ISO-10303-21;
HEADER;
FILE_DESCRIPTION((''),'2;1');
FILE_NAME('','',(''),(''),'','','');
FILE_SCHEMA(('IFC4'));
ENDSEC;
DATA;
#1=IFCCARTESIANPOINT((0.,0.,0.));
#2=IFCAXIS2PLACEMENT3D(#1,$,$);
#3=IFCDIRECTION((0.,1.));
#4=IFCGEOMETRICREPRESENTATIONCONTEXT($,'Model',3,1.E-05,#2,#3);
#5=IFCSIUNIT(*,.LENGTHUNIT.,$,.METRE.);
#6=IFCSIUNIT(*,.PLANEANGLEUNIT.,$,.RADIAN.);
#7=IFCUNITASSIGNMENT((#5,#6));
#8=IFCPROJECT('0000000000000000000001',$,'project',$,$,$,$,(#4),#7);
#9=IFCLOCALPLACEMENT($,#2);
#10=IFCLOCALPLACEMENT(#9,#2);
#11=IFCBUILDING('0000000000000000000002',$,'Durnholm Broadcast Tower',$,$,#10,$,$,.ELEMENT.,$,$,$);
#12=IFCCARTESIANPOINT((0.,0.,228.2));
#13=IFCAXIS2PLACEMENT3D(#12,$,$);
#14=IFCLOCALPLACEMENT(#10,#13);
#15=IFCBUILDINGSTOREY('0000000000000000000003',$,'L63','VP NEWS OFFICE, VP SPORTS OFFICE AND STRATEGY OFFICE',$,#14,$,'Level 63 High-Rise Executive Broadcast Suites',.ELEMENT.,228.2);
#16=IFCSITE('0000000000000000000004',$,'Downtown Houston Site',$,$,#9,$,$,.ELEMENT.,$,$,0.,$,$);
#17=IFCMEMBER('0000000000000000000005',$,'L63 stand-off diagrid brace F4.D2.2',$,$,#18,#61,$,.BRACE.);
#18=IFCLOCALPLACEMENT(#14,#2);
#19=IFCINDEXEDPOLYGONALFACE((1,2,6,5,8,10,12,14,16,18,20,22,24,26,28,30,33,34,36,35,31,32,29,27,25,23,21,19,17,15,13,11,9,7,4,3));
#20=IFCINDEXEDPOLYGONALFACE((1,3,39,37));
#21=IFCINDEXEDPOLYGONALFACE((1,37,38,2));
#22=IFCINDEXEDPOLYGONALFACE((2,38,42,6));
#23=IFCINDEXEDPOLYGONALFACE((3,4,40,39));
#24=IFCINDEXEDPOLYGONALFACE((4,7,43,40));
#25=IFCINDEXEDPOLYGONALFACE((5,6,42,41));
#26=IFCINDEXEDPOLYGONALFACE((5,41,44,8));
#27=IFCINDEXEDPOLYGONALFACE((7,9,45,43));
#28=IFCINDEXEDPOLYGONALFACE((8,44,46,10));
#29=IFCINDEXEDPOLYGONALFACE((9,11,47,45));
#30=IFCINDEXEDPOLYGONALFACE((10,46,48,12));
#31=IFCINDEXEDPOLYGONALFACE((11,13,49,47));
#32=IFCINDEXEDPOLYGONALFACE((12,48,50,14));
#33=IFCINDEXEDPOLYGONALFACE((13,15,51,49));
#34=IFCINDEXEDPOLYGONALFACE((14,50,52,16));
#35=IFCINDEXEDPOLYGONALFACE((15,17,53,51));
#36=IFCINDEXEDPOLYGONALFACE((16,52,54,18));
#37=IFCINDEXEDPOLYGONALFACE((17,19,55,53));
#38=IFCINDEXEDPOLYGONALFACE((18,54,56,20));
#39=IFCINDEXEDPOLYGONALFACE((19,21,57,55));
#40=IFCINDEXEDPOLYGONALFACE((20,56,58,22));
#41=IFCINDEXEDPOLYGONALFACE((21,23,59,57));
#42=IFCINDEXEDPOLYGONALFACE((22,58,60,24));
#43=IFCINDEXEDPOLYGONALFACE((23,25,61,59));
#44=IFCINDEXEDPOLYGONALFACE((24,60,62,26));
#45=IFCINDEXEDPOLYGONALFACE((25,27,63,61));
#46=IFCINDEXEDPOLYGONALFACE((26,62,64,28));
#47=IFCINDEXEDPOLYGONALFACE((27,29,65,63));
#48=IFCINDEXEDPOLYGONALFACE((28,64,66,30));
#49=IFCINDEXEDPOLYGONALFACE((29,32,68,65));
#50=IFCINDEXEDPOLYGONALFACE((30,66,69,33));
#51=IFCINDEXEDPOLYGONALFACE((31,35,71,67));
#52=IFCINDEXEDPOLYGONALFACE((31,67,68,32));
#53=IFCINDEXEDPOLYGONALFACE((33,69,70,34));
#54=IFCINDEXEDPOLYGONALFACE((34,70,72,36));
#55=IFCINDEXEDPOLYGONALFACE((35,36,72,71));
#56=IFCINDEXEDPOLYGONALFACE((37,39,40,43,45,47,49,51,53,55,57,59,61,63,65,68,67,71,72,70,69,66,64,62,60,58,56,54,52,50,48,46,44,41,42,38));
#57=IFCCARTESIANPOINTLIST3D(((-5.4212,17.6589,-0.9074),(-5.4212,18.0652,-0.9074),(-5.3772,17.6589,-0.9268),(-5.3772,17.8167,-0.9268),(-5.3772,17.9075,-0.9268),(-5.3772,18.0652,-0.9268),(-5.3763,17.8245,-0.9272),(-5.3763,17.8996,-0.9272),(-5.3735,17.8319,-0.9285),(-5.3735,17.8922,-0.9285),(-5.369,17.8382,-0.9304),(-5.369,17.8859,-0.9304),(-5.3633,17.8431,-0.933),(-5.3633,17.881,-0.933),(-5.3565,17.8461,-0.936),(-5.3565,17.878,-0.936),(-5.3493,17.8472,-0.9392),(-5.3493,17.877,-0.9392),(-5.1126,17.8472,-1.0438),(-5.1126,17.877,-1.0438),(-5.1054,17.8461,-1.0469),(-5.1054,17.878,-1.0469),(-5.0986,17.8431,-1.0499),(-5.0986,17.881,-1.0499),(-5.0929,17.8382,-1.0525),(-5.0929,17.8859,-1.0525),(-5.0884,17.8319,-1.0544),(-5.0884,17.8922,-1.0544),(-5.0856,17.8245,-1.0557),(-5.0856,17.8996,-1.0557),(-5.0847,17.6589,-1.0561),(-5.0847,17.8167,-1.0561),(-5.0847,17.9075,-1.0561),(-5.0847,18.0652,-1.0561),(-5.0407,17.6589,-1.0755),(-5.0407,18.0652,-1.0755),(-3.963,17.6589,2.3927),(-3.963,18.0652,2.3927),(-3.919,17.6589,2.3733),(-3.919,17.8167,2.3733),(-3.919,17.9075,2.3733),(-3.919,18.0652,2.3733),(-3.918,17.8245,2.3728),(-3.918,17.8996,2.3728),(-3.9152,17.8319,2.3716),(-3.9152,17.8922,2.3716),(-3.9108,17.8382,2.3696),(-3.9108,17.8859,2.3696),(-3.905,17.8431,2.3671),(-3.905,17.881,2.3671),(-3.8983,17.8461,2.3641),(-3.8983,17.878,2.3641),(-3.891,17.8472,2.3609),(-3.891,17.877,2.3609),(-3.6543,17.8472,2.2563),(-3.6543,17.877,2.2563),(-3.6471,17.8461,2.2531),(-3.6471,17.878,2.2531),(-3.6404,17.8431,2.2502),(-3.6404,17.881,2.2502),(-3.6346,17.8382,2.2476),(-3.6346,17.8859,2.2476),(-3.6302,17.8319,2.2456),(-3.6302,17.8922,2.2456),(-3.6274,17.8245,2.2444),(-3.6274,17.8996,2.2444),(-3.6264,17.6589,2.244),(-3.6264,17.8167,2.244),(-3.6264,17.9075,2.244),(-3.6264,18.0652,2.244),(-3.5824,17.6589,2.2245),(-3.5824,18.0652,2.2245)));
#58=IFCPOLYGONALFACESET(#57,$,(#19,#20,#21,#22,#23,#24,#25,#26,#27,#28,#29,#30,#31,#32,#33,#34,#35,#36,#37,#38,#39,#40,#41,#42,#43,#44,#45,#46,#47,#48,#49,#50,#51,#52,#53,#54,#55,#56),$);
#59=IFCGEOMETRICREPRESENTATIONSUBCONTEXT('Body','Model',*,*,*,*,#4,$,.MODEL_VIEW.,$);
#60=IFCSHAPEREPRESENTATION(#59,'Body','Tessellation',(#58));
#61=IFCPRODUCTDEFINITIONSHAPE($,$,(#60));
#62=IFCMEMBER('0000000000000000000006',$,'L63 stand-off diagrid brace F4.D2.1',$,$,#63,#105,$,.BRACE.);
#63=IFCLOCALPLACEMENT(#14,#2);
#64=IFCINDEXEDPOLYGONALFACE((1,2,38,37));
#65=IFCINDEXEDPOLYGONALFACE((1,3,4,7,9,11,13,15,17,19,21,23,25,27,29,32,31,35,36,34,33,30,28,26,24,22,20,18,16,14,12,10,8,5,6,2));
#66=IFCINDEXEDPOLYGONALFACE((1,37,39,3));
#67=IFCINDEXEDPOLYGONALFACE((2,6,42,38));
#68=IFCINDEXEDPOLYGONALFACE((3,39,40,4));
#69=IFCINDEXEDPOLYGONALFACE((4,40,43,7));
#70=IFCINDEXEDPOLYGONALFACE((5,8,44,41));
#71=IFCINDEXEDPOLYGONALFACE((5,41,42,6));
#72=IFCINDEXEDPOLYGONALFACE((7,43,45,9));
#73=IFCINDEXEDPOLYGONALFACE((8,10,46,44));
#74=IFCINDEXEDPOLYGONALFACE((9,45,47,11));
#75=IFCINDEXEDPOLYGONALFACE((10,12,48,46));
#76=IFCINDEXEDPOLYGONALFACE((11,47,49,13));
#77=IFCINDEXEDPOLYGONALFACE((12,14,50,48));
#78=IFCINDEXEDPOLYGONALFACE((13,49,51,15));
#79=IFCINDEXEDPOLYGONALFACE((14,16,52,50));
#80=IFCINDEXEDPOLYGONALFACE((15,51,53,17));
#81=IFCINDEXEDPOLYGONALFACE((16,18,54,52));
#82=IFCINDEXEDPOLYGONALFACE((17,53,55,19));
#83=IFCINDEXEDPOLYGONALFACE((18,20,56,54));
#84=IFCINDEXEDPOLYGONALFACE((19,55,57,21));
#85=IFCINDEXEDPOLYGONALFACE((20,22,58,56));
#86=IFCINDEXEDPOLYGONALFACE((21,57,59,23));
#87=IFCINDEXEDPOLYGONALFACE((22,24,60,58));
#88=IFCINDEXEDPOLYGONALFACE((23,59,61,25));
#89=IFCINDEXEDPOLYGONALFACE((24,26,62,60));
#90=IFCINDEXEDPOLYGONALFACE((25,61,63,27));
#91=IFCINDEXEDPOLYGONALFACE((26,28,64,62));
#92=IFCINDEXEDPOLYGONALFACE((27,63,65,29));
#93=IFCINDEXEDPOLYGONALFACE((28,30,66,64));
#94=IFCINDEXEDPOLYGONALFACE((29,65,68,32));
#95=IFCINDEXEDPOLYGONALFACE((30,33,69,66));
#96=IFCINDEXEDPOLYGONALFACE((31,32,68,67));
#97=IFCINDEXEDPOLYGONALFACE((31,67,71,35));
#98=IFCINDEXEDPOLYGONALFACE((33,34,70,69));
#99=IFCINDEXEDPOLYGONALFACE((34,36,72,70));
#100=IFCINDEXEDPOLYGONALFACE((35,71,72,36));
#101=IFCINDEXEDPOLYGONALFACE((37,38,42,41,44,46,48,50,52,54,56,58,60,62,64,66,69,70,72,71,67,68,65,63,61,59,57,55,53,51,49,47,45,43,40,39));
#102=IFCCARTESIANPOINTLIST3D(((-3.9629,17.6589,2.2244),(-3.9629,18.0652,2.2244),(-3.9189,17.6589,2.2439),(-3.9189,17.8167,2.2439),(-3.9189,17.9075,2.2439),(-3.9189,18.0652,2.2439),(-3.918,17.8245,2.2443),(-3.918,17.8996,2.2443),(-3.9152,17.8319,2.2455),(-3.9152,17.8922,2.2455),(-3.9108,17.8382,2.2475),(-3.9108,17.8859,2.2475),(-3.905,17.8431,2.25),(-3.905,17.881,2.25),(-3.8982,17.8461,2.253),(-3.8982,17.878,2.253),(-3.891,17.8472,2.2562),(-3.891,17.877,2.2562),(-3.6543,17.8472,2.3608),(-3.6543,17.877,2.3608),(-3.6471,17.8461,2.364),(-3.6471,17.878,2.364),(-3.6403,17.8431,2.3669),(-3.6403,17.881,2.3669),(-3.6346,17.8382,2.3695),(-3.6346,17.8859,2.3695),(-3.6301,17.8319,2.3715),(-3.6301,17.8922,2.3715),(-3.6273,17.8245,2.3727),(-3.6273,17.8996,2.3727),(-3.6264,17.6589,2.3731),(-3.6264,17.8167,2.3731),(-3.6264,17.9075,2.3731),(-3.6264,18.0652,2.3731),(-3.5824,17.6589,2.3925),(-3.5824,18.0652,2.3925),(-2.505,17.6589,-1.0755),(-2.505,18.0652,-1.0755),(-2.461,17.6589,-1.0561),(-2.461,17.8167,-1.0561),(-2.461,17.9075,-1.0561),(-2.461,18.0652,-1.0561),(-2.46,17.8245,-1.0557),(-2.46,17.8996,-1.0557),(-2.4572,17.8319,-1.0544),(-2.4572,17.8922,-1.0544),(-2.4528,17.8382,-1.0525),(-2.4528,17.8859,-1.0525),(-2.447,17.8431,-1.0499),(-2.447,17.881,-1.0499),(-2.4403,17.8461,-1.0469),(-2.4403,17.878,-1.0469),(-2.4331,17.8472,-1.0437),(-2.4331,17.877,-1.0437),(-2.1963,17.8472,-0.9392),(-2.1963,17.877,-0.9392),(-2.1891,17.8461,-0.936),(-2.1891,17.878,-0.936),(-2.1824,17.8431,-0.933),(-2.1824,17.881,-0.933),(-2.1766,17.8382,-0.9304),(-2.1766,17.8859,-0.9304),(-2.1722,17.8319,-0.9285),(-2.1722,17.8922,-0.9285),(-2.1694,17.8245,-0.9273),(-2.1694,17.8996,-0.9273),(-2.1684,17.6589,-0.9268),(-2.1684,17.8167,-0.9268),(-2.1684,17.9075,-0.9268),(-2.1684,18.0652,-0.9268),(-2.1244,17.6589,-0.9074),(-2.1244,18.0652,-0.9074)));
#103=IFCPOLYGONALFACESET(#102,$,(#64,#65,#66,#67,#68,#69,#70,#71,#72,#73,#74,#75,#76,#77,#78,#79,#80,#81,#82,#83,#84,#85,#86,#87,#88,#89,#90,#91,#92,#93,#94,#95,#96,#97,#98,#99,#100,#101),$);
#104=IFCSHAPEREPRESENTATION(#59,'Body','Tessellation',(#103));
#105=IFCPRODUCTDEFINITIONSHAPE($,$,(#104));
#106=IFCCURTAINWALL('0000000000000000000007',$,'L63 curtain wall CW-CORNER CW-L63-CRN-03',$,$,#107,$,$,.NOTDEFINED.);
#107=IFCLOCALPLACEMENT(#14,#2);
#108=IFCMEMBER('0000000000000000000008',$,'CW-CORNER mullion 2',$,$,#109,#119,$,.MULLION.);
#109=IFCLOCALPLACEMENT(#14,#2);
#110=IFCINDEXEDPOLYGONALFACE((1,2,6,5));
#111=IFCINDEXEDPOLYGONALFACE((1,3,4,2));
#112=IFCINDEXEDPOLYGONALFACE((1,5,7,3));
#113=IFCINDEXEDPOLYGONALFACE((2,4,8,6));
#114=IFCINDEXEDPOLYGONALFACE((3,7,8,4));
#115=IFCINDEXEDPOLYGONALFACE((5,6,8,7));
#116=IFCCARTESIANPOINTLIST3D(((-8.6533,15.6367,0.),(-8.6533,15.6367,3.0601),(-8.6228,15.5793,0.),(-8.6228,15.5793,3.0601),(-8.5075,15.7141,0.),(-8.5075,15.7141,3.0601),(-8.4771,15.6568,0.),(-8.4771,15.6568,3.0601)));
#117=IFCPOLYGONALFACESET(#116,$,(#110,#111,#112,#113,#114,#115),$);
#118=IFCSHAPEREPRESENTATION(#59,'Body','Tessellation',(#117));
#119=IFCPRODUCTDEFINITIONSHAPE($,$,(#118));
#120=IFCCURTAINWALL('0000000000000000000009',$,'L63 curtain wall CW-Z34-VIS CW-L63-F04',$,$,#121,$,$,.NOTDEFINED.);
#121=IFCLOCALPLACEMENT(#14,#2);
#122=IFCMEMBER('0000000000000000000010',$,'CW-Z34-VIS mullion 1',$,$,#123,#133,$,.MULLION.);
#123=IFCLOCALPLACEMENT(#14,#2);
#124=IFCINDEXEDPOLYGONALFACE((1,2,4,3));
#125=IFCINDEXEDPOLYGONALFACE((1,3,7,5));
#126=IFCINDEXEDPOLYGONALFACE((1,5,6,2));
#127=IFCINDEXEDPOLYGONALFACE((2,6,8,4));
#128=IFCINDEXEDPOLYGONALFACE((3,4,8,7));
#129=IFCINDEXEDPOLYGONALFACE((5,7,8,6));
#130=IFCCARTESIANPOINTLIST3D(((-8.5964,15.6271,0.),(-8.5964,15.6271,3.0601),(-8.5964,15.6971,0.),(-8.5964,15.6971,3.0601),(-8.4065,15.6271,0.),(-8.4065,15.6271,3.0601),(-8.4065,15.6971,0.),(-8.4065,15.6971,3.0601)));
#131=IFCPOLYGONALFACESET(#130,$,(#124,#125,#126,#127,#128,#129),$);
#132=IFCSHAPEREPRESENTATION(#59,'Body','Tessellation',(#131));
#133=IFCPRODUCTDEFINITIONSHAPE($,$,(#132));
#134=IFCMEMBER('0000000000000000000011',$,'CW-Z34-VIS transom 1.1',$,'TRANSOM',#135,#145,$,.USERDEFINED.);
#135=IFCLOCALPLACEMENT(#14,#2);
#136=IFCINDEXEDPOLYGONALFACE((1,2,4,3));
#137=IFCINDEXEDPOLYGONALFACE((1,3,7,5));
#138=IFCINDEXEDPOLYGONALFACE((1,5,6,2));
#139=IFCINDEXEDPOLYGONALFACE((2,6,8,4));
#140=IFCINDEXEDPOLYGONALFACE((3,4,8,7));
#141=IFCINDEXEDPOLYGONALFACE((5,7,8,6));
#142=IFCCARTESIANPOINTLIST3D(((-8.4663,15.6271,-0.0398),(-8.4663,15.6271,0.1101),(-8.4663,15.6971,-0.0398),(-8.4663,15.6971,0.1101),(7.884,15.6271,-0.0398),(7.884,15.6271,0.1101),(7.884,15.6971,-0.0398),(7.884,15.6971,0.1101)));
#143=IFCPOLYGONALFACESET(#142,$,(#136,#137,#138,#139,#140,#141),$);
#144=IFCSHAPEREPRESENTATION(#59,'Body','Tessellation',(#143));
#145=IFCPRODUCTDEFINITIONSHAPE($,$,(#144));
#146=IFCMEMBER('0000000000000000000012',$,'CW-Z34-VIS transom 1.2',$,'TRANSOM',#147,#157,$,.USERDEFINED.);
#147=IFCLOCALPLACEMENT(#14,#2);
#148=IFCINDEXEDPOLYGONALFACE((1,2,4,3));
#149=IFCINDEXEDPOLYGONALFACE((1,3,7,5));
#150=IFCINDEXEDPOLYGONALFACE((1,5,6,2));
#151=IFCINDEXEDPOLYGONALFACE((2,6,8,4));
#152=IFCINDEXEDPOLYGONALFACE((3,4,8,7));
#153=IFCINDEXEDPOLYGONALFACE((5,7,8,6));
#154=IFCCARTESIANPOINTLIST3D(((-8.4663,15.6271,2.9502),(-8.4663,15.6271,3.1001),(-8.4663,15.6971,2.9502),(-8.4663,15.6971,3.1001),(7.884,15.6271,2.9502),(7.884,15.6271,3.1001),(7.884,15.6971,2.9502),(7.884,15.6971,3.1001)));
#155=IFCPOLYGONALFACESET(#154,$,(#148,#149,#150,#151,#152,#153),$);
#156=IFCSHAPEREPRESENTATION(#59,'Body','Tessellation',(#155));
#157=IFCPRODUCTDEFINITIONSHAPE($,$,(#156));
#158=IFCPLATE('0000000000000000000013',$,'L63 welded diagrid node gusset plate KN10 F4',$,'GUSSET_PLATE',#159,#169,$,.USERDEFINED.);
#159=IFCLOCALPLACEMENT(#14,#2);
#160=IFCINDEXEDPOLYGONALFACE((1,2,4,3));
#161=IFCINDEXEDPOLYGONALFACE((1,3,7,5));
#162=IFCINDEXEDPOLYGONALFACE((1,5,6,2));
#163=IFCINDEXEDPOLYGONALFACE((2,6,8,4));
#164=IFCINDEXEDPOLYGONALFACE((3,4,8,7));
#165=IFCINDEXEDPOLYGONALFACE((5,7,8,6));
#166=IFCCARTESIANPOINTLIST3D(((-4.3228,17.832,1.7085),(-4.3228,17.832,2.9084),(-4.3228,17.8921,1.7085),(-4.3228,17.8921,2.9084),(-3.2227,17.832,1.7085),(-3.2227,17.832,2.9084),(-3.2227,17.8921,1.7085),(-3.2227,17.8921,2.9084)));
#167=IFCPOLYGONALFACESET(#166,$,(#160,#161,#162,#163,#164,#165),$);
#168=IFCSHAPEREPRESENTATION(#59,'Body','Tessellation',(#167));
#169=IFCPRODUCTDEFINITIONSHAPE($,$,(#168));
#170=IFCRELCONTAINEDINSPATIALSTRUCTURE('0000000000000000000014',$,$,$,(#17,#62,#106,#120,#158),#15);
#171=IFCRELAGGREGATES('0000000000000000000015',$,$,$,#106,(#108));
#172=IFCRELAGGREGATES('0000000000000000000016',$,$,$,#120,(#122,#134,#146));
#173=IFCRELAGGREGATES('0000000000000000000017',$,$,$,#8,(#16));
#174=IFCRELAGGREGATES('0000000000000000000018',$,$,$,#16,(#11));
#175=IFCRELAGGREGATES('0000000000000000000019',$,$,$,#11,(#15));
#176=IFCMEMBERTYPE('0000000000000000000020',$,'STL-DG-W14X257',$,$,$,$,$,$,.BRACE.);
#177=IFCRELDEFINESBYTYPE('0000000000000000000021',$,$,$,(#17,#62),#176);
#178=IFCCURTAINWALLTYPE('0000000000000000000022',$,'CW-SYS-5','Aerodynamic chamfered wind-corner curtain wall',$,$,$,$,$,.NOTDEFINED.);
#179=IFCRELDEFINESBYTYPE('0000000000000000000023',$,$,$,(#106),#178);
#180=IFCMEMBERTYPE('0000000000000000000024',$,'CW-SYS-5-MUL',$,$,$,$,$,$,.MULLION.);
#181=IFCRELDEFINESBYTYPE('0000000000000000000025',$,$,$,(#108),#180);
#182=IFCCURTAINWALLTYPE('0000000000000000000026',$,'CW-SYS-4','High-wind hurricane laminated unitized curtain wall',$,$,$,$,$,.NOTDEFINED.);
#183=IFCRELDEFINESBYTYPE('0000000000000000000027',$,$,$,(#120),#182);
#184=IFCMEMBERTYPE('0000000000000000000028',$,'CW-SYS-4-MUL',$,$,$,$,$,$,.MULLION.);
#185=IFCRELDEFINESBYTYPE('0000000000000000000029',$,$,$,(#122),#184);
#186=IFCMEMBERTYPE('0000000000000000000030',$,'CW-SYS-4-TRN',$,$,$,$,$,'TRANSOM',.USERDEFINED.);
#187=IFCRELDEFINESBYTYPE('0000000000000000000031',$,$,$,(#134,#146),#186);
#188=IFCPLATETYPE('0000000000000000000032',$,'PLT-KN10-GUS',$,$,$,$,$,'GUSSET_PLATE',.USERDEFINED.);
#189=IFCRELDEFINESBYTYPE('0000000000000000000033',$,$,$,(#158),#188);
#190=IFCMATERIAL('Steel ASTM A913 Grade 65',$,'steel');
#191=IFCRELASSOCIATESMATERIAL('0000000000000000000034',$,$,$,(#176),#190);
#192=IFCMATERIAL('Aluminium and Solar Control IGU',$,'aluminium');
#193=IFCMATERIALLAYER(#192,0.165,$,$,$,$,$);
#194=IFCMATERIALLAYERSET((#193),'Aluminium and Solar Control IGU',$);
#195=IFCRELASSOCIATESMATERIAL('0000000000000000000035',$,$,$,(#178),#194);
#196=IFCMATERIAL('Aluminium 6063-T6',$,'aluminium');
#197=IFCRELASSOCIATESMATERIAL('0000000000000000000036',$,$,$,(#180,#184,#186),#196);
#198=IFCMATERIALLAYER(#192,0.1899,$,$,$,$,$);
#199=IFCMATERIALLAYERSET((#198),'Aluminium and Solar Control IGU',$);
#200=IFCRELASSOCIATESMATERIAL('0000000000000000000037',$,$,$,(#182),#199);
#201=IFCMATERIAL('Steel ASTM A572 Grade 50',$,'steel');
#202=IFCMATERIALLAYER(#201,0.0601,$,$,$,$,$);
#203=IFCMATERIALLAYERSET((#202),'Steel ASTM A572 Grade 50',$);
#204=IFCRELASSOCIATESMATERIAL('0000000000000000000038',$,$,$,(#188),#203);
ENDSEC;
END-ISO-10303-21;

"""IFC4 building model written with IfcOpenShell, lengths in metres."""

from ifc_helpers import new_model, si_unit, direction, frame, origin, origin_2d, place, context, subcontext, project, spatial, rectangle, i_section, extrude, source, transform, mapped, material, layer, layer_set, material_profile, profile_set, type_object, type_shapes, element, aggregate, save


model = new_model("IFC4")

# Units and contexts
model_context = context("Model", 3, precision=1e-05, world=origin(), true_north=direction((0.0, 1.0)))
body_context = subcontext(model_context, "Body", "Model", "MODEL_VIEW")
ifc_project = project(units=[si_unit("LENGTHUNIT", "METRE"), si_unit("PLANEANGLEUNIT", "RADIAN")], contexts=[model_context])

# Site, building, storey
site_placement = place(None, origin())
site = spatial("IfcSite", under=ifc_project, at=site_placement, Name="Downtown Houston Site", CompositionType="ELEMENT", RefElevation=0.0)
building_placement = place(site_placement, origin())
building = spatial("IfcBuilding", under=site, at=building_placement, Name="Durnholm Broadcast Tower", CompositionType="ELEMENT")
storey_placement = place(building_placement, frame((0.0, 0.0, 228.2)))
storey = spatial("IfcBuildingStorey", under=building, at=storey_placement, Name="L63", Description="VP NEWS OFFICE, VP SPORTS OFFICE AND STRATEGY OFFICE", LongName="Level 63 High-Rise Executive Broadcast Suites", CompositionType="ELEMENT", Elevation=228.2)

# Members
ifc_material_1 = material(Name="Steel ASTM A913 Grade 65", Category="steel")
ifc_material_profile_1 = material_profile(ifc_material_1, i_section(OverallWidth=0.4062, OverallDepth=0.416, WebThickness=0.0298, FlangeThickness=0.0481, FilletRadius=0.0305, at=origin_2d()), Name="W14X257")
ifc_profile_set_1 = profile_set([ifc_material_profile_1], Name="Steel ASTM A913 Grade 65")
member_type_1 = type_object("IfcMemberType", Name="STL-DG-W14X257", PredefinedType="BRACE", material=ifc_profile_set_1)
shared_shape_1 = source(origin(), body_context, "Body", "SweptSolid", [
    extrude(i_section(OverallWidth=0.4062, OverallDepth=0.416, WebThickness=0.0298, FlangeThickness=0.0481, FilletRadius=0.0305, at=origin_2d()), origin(), (0.0, 0.0, 1.0), 3.6079),
])
member_1_placement = place(storey_placement, frame((-5.231, 17.8621, -0.9915), z_axis=(0.404185, 0.0, 0.914677), x_axis=(0.0, 1.0, 0.0)))
element("IfcMember", 1, at=member_1_placement, inside=storey, type_object=member_type_1, Name="L63 stand-off diagrid brace F4.D2.2", PredefinedType="BRACE", context=body_context, shape_type="MappedRepresentation", body=[
    mapped(shared_shape_1, transform((0.0, 0.0, 0.0), x_axis=(1.0, 0.0, 0.0), y_axis=(0.0, 1.0, 0.0), z_axis=(0.0, 0.0, 1.0), scale=1.0)),
])
shared_shape_2 = source(origin(), body_context, "Body", "SweptSolid", [
    extrude(i_section(OverallWidth=0.4062, OverallDepth=0.416, WebThickness=0.0298, FlangeThickness=0.0481, FilletRadius=0.0305, at=origin_2d()), origin(), (0.0, 0.0, 1.0), 3.6077),
])
type_shapes(member_type_1, [shared_shape_1, shared_shape_2])
member_2_placement = place(storey_placement, frame((-2.3147, 17.8621, -0.9915), z_axis=(-0.404128, 0.0, 0.914702), x_axis=(0.0, -1.0, 0.0)))
element("IfcMember", 2, at=member_2_placement, inside=storey, type_object=member_type_1, Name="L63 stand-off diagrid brace F4.D2.1", PredefinedType="BRACE", context=body_context, shape_type="MappedRepresentation", body=[
    mapped(shared_shape_2, transform((0.0, 0.0, 0.0), x_axis=(1.0, 0.0, 0.0), y_axis=(0.0, 1.0, 0.0), z_axis=(0.0, 0.0, 1.0), scale=1.0)),
])

# Curtain wall, member
ifc_material_2 = material(Name="Aluminium and Solar Control IGU", Category="aluminium")
ifc_layer_1 = layer(ifc_material_2, 0.165)
ifc_layer_set_1 = layer_set([ifc_layer_1], Name="Aluminium and Solar Control IGU")
curtain_wall_type_1 = type_object("IfcCurtainWallType", Name="CW-SYS-5", Description="Aerodynamic chamfered wind-corner curtain wall", PredefinedType="NOTDEFINED", material=ifc_layer_set_1)
curtain_wall_1_placement = place(storey_placement, origin())
curtain_wall_1 = element("IfcCurtainWall", 3, at=curtain_wall_1_placement, inside=storey, type_object=curtain_wall_type_1, Name="L63 curtain wall CW-CORNER CW-L63-CRN-03", PredefinedType="NOTDEFINED")
ifc_material_3 = material(Name="Aluminium 6063-T6", Category="aluminium")
ifc_material_profile_2 = material_profile(ifc_material_3, rectangle(XDim=0.0649, YDim=0.165, at=origin_2d()), Name="CWM65X165")
ifc_profile_set_2 = profile_set([ifc_material_profile_2], Name="Aluminium 6063-T6")
member_type_2 = type_object("IfcMemberType", Name="CW-SYS-5-MUL", PredefinedType="MULLION", material=ifc_profile_set_2)
shared_shape_3 = source(origin(), body_context, "Body", "SweptSolid", [
    extrude(rectangle(XDim=0.0649, YDim=0.165, at=origin_2d()), origin(), (0.0, 0.0, 1.0), 3.0601),
])
type_shapes(member_type_2, [shared_shape_3])
member_3_placement = place(storey_placement, frame((-8.5652, 15.6467, 0.0), z_axis=(0.0, 0.0, 1.0), x_axis=(-0.469007, 0.883195, 0.0)))
member_3 = element("IfcMember", 4, at=member_3_placement, type_object=member_type_2, Name="CW-CORNER mullion 2", PredefinedType="MULLION", context=body_context, shape_type="MappedRepresentation", body=[
    mapped(shared_shape_3, transform((0.0, 0.0, 0.0), x_axis=(1.0, 0.0, 0.0), y_axis=(0.0, 1.0, 0.0), z_axis=(0.0, 0.0, 1.0), scale=1.0)),
])

# Curtain wall, members
ifc_layer_2 = layer(ifc_material_2, 0.1899)
ifc_layer_set_2 = layer_set([ifc_layer_2], Name="Aluminium and Solar Control IGU")
curtain_wall_type_2 = type_object("IfcCurtainWallType", Name="CW-SYS-4", Description="High-wind hurricane laminated unitized curtain wall", PredefinedType="NOTDEFINED", material=ifc_layer_set_2)
curtain_wall_2_placement = place(storey_placement, origin())
curtain_wall_2 = element("IfcCurtainWall", 5, at=curtain_wall_2_placement, inside=storey, type_object=curtain_wall_type_2, Name="L63 curtain wall CW-Z34-VIS CW-L63-F04", PredefinedType="NOTDEFINED")
ifc_material_profile_3 = material_profile(ifc_material_3, rectangle(XDim=0.0701, YDim=0.1899, at=origin_2d()), Name="CWM70X190")
ifc_profile_set_3 = profile_set([ifc_material_profile_3], Name="Aluminium 6063-T6")
member_type_3 = type_object("IfcMemberType", Name="CW-SYS-4-MUL", PredefinedType="MULLION", material=ifc_profile_set_3)
shared_shape_4 = source(origin(), body_context, "Body", "SweptSolid", [
    extrude(rectangle(XDim=0.0701, YDim=0.1899, at=origin_2d()), origin(), (0.0, 0.0, 1.0), 3.0601),
])
type_shapes(member_type_3, [shared_shape_4])
member_4_placement = place(storey_placement, frame((-8.5015, 15.6621, 0.0), z_axis=(0.0, 0.0, 1.0), x_axis=(0.0, 1.0, 0.0)))
member_4 = element("IfcMember", 6, at=member_4_placement, type_object=member_type_3, Name="CW-Z34-VIS mullion 1", PredefinedType="MULLION", context=body_context, shape_type="MappedRepresentation", body=[
    mapped(shared_shape_4, transform((0.0, 0.0, 0.0), x_axis=(1.0, 0.0, 0.0), y_axis=(0.0, 1.0, 0.0), z_axis=(0.0, 0.0, 1.0), scale=1.0)),
])
ifc_material_profile_4 = material_profile(ifc_material_3, rectangle(XDim=0.0701, YDim=0.1499, at=origin_2d()), Name="CWT70X150")
ifc_profile_set_4 = profile_set([ifc_material_profile_4], Name="Aluminium 6063-T6")
member_type_4 = type_object("IfcMemberType", Name="CW-SYS-4-TRN", ElementType="TRANSOM", PredefinedType="USERDEFINED", material=ifc_profile_set_4)
shared_shape_5 = source(origin(), body_context, "Body", "SweptSolid", [
    extrude(rectangle(XDim=0.0701, YDim=0.1499, at=origin_2d()), origin(), (0.0, 0.0, 1.0), 16.3503),
])
type_shapes(member_type_4, [shared_shape_5])
member_5_placement = place(storey_placement, frame((-8.4663, 15.6621, 0.0352), z_axis=(1.0, 0.0, 0.0), x_axis=(0.0, 1.0, 0.0)))
member_5 = element("IfcMember", 7, at=member_5_placement, type_object=member_type_4, Name="CW-Z34-VIS transom 1.1", ObjectType="TRANSOM", PredefinedType="USERDEFINED", context=body_context, shape_type="MappedRepresentation", body=[
    mapped(shared_shape_5, transform((0.0, 0.0, 0.0), x_axis=(1.0, 0.0, 0.0), y_axis=(0.0, 1.0, 0.0), z_axis=(0.0, 0.0, 1.0), scale=1.0)),
])
member_6_placement = place(storey_placement, frame((-8.4663, 15.6621, 3.0251), z_axis=(1.0, 0.0, 0.0), x_axis=(0.0, 1.0, 0.0)))
member_6 = element("IfcMember", 8, at=member_6_placement, type_object=member_type_4, Name="CW-Z34-VIS transom 1.2", ObjectType="TRANSOM", PredefinedType="USERDEFINED", context=body_context, shape_type="MappedRepresentation", body=[
    mapped(shared_shape_5, transform((0.0, 0.0, 0.0), x_axis=(1.0, 0.0, 0.0), y_axis=(0.0, 1.0, 0.0), z_axis=(0.0, 0.0, 1.0), scale=1.0)),
])

# Plate
ifc_material_4 = material(Name="Steel ASTM A572 Grade 50", Category="steel")
ifc_layer_3 = layer(ifc_material_4, 0.0601)
ifc_layer_set_3 = layer_set([ifc_layer_3], Name="Steel ASTM A572 Grade 50")
plate_type_1 = type_object("IfcPlateType", Name="PLT-KN10-GUS", ElementType="GUSSET_PLATE", PredefinedType="USERDEFINED", material=ifc_layer_set_3)
shared_shape_6 = source(origin(), body_context, "Body", "SweptSolid", [
    extrude(rectangle(XDim=1.1001, YDim=0.0601, at=origin_2d()), origin(), (0.0, 0.0, 1.0), 1.2),
])
type_shapes(plate_type_1, [shared_shape_6])
plate_1_placement = place(storey_placement, frame((-3.7727, 17.8621, 1.7085), z_axis=(0.0, 0.0, 1.0), x_axis=(-1.0, 0.0, 0.0)))
element("IfcPlate", 9, at=plate_1_placement, inside=storey, type_object=plate_type_1, Name="L63 welded diagrid node gusset plate KN10 F4", ObjectType="GUSSET_PLATE", PredefinedType="USERDEFINED", context=body_context, shape_type="MappedRepresentation", body=[
    mapped(shared_shape_6, transform((0.0, 0.0, 0.0), x_axis=(1.0, 0.0, 0.0), y_axis=(0.0, 1.0, 0.0), z_axis=(0.0, 0.0, 1.0), scale=1.0)),
])
aggregate(curtain_wall_1, [member_3])
aggregate(curtain_wall_2, [member_4, member_5, member_6])

save(model, "model.ifc")
